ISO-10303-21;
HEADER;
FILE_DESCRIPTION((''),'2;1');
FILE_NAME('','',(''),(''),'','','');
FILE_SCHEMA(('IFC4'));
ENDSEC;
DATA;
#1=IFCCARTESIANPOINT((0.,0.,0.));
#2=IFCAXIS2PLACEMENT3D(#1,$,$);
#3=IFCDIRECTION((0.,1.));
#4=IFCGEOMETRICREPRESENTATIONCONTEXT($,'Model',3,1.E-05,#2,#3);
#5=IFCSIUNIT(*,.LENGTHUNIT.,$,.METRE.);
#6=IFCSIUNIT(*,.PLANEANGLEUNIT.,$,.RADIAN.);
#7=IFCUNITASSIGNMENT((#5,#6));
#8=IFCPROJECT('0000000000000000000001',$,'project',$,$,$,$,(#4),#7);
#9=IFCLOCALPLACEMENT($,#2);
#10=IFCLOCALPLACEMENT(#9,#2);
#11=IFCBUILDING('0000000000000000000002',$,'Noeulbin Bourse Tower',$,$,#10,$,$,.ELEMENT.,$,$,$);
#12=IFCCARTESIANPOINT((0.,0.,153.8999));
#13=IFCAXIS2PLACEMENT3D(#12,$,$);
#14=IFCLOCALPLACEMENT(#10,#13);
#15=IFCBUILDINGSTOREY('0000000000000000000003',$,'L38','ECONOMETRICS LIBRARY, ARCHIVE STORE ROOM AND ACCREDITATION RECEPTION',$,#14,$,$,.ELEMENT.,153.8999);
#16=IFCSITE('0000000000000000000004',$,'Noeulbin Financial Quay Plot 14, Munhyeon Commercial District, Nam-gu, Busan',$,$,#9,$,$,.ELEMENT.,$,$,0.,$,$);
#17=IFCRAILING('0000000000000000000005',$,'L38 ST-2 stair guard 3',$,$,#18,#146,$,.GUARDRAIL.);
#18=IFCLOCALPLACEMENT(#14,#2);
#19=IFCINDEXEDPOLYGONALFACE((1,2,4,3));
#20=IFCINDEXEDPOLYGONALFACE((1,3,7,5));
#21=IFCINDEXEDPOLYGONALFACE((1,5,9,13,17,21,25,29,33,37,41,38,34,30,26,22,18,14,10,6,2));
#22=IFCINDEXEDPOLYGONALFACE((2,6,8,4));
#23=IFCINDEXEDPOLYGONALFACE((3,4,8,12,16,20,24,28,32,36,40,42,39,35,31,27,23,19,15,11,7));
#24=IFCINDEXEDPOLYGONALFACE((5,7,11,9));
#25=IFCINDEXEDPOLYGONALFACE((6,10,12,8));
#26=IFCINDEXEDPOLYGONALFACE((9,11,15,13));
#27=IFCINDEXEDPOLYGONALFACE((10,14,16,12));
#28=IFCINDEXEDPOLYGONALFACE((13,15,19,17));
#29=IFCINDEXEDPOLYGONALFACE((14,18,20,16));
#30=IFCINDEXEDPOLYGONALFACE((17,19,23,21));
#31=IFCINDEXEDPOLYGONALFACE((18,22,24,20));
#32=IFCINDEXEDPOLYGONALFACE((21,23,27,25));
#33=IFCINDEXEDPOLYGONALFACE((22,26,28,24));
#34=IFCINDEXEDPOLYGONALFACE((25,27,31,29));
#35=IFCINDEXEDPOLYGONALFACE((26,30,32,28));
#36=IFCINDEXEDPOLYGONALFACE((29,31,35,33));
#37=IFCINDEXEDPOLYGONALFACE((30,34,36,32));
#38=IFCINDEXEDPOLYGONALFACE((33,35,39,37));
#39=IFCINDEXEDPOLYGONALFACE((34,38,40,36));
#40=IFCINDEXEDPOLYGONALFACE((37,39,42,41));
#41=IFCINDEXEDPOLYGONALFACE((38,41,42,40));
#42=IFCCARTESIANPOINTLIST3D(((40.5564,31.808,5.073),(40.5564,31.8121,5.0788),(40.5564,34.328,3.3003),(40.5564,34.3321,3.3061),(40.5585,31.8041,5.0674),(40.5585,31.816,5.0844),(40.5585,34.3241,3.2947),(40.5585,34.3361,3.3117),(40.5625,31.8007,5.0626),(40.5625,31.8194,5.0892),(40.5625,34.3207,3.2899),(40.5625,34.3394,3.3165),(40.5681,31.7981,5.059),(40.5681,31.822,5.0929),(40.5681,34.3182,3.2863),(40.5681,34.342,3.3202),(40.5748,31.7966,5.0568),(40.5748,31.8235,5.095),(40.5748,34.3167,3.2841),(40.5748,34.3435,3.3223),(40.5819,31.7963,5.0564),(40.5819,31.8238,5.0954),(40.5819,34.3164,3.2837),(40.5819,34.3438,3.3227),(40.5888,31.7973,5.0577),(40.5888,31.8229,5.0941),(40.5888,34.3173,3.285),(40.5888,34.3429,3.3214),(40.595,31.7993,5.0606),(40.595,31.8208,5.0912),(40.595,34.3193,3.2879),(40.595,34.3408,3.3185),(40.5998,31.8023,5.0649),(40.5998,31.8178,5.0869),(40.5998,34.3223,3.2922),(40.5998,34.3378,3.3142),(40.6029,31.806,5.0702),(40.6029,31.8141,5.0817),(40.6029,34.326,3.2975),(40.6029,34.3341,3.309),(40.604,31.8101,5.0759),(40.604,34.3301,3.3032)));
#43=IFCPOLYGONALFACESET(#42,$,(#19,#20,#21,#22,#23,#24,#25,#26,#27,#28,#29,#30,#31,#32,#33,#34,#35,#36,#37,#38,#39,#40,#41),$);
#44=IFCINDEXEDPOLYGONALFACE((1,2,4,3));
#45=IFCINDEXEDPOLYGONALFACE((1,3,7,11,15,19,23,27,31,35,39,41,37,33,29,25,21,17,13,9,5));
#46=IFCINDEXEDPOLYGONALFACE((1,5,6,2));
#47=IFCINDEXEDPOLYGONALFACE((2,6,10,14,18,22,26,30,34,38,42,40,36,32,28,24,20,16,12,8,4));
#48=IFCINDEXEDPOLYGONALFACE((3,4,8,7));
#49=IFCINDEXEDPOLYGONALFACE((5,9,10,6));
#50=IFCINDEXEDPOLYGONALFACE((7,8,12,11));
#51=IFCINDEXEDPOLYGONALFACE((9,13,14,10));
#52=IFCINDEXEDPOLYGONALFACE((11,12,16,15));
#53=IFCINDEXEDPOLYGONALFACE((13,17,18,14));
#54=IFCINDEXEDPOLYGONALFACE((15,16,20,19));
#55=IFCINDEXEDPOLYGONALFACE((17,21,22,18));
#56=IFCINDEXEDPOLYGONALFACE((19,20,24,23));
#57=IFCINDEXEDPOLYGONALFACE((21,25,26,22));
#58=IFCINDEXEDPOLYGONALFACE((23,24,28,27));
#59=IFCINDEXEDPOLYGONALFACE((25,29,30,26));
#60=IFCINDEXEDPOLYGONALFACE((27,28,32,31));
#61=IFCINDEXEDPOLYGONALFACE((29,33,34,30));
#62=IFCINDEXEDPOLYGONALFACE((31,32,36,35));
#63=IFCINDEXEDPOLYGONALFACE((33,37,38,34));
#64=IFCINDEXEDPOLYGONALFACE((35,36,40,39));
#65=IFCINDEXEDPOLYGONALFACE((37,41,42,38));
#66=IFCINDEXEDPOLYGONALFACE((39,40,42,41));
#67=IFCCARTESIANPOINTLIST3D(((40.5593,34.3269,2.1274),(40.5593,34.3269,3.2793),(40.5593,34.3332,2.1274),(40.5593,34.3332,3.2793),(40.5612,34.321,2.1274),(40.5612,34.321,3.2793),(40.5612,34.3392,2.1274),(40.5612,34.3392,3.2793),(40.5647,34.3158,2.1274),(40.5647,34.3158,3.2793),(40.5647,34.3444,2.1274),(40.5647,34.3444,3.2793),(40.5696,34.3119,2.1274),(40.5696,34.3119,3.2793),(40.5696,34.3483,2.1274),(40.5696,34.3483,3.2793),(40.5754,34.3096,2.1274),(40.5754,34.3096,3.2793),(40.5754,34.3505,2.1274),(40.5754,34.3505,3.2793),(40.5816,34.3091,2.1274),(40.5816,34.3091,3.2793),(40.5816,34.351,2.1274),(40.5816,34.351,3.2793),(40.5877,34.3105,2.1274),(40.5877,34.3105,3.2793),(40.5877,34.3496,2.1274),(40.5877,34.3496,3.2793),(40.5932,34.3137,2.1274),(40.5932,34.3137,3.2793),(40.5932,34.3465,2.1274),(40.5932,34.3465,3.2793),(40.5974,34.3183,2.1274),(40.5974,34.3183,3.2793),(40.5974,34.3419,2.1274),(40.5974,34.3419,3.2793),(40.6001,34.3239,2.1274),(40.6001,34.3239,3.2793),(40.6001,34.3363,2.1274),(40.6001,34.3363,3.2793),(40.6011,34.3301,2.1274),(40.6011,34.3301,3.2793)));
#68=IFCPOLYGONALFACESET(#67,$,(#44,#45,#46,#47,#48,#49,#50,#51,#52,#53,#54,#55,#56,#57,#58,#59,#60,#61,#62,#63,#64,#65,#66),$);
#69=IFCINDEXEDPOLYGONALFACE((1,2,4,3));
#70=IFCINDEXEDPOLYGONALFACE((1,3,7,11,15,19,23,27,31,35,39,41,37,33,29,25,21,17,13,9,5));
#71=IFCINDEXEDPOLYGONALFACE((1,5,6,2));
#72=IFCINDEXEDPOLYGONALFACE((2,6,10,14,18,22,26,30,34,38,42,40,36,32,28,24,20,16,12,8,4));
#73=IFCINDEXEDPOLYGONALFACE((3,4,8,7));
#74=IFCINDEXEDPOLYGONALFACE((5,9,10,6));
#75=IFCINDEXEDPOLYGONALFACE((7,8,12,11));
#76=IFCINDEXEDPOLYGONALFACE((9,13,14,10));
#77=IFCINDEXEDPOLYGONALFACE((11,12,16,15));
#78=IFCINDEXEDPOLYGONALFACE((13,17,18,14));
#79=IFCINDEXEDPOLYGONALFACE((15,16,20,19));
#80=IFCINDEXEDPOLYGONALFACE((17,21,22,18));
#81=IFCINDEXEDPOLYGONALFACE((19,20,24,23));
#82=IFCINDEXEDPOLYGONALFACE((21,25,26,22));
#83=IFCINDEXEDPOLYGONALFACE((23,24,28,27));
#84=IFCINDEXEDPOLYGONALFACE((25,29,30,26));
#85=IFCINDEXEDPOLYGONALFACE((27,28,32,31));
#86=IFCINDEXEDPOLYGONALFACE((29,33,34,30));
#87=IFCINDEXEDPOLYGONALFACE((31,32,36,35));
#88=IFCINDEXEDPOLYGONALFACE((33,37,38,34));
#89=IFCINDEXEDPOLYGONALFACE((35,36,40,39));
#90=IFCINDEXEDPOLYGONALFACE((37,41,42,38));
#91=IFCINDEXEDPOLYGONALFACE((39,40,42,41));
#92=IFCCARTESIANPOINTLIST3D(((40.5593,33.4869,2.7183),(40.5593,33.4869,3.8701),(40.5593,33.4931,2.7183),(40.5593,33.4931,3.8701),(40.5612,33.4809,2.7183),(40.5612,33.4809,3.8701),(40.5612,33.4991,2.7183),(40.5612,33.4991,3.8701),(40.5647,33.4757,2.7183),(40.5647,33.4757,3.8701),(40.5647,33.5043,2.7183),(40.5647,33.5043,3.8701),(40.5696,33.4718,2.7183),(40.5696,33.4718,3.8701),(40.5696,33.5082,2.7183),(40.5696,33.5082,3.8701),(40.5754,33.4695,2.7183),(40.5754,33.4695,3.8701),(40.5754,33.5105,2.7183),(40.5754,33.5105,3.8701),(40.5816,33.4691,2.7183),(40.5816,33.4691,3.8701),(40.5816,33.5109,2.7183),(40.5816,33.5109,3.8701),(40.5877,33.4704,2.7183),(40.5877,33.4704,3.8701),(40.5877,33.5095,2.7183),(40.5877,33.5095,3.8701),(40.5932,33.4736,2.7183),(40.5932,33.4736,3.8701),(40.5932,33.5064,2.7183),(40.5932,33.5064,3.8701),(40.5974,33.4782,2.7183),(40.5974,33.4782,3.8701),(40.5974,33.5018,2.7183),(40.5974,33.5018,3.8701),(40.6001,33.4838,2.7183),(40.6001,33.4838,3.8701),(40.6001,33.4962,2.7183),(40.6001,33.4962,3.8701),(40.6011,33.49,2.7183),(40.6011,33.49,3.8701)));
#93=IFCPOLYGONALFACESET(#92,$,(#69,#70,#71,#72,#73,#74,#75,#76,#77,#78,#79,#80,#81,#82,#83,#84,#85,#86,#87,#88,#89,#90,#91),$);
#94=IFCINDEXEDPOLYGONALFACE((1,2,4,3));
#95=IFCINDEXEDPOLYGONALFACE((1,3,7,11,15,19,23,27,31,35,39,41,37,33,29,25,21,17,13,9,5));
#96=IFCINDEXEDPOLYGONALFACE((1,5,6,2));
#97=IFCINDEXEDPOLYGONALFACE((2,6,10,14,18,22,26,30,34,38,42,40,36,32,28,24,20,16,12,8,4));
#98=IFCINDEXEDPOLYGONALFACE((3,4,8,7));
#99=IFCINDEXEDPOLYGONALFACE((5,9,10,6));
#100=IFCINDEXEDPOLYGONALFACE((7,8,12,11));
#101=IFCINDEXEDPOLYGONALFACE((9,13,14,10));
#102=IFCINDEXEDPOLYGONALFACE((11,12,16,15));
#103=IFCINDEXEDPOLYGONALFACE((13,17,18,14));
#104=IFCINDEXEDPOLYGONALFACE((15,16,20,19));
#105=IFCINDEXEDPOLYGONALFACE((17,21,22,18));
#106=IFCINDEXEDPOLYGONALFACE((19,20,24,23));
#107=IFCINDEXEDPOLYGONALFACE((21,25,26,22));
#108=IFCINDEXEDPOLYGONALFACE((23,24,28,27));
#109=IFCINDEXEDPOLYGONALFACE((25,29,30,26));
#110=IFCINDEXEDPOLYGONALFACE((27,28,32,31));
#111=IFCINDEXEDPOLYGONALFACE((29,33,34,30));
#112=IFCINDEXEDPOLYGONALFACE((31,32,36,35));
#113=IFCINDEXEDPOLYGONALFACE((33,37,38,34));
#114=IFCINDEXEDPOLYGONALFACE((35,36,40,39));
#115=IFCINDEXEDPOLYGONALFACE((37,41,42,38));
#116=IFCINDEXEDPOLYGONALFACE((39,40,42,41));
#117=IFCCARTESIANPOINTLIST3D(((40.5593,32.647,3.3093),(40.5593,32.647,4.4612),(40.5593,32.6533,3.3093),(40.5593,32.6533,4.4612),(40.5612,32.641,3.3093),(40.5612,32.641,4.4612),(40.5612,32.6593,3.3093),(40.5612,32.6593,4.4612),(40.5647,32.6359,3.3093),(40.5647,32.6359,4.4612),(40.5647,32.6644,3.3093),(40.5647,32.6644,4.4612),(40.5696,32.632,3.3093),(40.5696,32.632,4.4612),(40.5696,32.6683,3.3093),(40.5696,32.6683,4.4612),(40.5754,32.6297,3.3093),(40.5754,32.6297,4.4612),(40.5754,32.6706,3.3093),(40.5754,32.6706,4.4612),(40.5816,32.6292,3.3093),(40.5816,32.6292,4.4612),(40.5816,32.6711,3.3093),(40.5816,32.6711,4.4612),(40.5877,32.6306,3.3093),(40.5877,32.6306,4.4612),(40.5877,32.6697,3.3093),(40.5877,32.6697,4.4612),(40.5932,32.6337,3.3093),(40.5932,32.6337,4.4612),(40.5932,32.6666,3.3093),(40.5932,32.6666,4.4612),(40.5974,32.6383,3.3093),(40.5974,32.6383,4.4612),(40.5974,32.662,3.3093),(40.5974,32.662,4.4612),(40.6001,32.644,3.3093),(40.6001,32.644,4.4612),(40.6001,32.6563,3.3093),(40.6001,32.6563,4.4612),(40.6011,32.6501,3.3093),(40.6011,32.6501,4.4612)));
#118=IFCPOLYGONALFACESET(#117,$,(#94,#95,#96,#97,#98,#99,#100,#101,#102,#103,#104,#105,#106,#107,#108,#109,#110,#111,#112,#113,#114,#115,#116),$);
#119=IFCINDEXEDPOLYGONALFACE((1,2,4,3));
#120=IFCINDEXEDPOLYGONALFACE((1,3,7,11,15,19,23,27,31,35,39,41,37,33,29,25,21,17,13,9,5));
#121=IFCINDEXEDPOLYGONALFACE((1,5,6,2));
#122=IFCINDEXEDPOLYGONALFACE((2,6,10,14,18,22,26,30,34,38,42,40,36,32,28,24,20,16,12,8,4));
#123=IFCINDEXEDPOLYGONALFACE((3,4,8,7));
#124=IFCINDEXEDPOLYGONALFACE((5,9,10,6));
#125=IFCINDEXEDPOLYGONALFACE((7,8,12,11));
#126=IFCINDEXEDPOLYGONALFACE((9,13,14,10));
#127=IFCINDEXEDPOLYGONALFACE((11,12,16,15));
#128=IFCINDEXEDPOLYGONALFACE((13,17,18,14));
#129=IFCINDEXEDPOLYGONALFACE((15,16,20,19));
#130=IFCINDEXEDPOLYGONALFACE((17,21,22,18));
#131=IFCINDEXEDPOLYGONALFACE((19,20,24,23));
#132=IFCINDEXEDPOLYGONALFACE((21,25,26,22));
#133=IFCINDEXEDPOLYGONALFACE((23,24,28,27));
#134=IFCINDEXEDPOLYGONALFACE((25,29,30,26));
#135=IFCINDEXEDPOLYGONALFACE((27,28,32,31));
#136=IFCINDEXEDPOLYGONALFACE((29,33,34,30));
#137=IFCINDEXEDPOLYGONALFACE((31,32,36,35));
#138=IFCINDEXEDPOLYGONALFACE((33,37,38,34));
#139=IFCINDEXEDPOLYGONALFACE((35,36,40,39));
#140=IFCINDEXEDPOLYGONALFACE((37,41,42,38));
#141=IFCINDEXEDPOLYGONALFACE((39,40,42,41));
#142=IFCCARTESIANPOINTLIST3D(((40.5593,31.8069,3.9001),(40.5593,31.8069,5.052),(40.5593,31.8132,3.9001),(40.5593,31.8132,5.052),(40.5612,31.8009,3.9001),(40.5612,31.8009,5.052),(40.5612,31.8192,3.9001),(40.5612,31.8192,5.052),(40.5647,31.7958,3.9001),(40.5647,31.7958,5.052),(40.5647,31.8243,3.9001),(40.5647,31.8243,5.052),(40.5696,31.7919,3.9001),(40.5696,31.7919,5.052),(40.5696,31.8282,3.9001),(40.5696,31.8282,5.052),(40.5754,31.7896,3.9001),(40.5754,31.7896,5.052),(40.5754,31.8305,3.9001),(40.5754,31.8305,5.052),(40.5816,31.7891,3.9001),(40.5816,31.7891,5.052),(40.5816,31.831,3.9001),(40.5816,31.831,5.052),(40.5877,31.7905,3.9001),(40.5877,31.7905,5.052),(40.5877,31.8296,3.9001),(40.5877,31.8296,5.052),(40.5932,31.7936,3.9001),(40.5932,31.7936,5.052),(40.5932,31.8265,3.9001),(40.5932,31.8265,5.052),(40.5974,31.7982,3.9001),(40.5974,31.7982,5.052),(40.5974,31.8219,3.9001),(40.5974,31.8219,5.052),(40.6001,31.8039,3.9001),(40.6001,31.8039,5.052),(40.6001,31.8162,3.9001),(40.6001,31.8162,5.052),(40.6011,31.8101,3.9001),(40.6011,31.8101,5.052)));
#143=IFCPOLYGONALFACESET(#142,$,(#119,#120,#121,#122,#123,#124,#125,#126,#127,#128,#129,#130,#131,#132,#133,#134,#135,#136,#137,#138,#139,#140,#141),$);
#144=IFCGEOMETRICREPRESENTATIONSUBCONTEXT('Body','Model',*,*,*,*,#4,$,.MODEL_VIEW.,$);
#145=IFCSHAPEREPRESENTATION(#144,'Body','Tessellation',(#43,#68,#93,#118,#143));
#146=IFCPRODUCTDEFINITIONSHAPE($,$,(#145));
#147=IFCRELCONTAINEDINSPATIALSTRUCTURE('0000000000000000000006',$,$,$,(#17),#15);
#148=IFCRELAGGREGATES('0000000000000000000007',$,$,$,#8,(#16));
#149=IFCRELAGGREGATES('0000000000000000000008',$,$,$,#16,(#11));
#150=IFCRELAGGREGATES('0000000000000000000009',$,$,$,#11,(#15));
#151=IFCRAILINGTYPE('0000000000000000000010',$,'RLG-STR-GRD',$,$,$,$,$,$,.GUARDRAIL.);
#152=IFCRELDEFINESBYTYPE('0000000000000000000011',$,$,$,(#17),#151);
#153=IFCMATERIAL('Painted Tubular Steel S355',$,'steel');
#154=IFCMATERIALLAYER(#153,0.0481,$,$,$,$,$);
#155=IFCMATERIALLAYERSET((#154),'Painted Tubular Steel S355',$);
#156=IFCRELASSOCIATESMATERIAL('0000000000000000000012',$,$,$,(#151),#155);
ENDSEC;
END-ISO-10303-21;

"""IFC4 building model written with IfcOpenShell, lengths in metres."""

from ifc_helpers import new_model, si_unit, direction, frame, origin, origin_2d, place, context, subcontext, project, spatial, circle, extrude, material, layer, layer_set, type_object, element, save


model = new_model("IFC4")

# Units and contexts
model_context = context("Model", 3, precision=1e-05, world=origin(), true_north=direction((0.0, 1.0)))
body_context = subcontext(model_context, "Body", "Model", "MODEL_VIEW")
ifc_project = project(units=[si_unit("LENGTHUNIT", "METRE"), si_unit("PLANEANGLEUNIT", "RADIAN")], contexts=[model_context])

# Site, building, storey
site_placement = place(None, origin())
site = spatial("IfcSite", under=ifc_project, at=site_placement, Name="Noeulbin Financial Quay Plot 14, Munhyeon Commercial District, Nam-gu, Busan", CompositionType="ELEMENT", RefElevation=0.0)
building_placement = place(site_placement, origin())
building = spatial("IfcBuilding", under=site, at=building_placement, Name="Noeulbin Bourse Tower", CompositionType="ELEMENT")
storey_placement = place(building_placement, frame((0.0, 0.0, 153.8999)))
storey = spatial("IfcBuildingStorey", under=building, at=storey_placement, Name="L38", Description="ECONOMETRICS LIBRARY, ARCHIVE STORE ROOM AND ACCREDITATION RECEPTION", CompositionType="ELEMENT", Elevation=153.8999)

# Railing
ifc_material_1 = material(Name="Painted Tubular Steel S355", Category="steel")
ifc_layer_1 = layer(ifc_material_1, 0.0481)
ifc_layer_set_1 = layer_set([ifc_layer_1], Name="Painted Tubular Steel S355")
railing_type_1 = type_object("IfcRailingType", Name="RLG-STR-GRD", PredefinedType="GUARDRAIL", material=ifc_layer_set_1)
railing_1_placement = place(storey_placement, frame((40.5801, 34.3301, 2.1274)))
element("IfcRailing", 1, at=railing_1_placement, inside=storey, type_object=railing_type_1, Name="L38 ST-2 stair guard 3", PredefinedType="GUARDRAIL", context=body_context, shape_type="SweptSolid", body=[
    extrude(circle(Radius=0.0239, at=origin_2d()), frame((0.0, 0.0, 1.1758), z_axis=(0.0, -0.817904, 0.575354), x_axis=(1.0, 0.0, 0.0)), (0.0, 0.0, 1.0), 3.0811),
    extrude(circle(Radius=0.021, at=origin_2d()), origin(), (0.0, 0.0, 1.0), 1.1519),
    extrude(circle(Radius=0.021, at=origin_2d()), frame((0.0, -0.8401, 0.5908)), (0.0, 0.0, 1.0), 1.1519),
    extrude(circle(Radius=0.021, at=origin_2d()), frame((0.0, -1.6799, 1.1819)), (0.0, 0.0, 1.0), 1.1519),
    extrude(circle(Radius=0.021, at=origin_2d()), frame((0.0, -2.52, 1.7727)), (0.0, 0.0, 1.0), 1.1519),
])

save(model, "model.ifc")
